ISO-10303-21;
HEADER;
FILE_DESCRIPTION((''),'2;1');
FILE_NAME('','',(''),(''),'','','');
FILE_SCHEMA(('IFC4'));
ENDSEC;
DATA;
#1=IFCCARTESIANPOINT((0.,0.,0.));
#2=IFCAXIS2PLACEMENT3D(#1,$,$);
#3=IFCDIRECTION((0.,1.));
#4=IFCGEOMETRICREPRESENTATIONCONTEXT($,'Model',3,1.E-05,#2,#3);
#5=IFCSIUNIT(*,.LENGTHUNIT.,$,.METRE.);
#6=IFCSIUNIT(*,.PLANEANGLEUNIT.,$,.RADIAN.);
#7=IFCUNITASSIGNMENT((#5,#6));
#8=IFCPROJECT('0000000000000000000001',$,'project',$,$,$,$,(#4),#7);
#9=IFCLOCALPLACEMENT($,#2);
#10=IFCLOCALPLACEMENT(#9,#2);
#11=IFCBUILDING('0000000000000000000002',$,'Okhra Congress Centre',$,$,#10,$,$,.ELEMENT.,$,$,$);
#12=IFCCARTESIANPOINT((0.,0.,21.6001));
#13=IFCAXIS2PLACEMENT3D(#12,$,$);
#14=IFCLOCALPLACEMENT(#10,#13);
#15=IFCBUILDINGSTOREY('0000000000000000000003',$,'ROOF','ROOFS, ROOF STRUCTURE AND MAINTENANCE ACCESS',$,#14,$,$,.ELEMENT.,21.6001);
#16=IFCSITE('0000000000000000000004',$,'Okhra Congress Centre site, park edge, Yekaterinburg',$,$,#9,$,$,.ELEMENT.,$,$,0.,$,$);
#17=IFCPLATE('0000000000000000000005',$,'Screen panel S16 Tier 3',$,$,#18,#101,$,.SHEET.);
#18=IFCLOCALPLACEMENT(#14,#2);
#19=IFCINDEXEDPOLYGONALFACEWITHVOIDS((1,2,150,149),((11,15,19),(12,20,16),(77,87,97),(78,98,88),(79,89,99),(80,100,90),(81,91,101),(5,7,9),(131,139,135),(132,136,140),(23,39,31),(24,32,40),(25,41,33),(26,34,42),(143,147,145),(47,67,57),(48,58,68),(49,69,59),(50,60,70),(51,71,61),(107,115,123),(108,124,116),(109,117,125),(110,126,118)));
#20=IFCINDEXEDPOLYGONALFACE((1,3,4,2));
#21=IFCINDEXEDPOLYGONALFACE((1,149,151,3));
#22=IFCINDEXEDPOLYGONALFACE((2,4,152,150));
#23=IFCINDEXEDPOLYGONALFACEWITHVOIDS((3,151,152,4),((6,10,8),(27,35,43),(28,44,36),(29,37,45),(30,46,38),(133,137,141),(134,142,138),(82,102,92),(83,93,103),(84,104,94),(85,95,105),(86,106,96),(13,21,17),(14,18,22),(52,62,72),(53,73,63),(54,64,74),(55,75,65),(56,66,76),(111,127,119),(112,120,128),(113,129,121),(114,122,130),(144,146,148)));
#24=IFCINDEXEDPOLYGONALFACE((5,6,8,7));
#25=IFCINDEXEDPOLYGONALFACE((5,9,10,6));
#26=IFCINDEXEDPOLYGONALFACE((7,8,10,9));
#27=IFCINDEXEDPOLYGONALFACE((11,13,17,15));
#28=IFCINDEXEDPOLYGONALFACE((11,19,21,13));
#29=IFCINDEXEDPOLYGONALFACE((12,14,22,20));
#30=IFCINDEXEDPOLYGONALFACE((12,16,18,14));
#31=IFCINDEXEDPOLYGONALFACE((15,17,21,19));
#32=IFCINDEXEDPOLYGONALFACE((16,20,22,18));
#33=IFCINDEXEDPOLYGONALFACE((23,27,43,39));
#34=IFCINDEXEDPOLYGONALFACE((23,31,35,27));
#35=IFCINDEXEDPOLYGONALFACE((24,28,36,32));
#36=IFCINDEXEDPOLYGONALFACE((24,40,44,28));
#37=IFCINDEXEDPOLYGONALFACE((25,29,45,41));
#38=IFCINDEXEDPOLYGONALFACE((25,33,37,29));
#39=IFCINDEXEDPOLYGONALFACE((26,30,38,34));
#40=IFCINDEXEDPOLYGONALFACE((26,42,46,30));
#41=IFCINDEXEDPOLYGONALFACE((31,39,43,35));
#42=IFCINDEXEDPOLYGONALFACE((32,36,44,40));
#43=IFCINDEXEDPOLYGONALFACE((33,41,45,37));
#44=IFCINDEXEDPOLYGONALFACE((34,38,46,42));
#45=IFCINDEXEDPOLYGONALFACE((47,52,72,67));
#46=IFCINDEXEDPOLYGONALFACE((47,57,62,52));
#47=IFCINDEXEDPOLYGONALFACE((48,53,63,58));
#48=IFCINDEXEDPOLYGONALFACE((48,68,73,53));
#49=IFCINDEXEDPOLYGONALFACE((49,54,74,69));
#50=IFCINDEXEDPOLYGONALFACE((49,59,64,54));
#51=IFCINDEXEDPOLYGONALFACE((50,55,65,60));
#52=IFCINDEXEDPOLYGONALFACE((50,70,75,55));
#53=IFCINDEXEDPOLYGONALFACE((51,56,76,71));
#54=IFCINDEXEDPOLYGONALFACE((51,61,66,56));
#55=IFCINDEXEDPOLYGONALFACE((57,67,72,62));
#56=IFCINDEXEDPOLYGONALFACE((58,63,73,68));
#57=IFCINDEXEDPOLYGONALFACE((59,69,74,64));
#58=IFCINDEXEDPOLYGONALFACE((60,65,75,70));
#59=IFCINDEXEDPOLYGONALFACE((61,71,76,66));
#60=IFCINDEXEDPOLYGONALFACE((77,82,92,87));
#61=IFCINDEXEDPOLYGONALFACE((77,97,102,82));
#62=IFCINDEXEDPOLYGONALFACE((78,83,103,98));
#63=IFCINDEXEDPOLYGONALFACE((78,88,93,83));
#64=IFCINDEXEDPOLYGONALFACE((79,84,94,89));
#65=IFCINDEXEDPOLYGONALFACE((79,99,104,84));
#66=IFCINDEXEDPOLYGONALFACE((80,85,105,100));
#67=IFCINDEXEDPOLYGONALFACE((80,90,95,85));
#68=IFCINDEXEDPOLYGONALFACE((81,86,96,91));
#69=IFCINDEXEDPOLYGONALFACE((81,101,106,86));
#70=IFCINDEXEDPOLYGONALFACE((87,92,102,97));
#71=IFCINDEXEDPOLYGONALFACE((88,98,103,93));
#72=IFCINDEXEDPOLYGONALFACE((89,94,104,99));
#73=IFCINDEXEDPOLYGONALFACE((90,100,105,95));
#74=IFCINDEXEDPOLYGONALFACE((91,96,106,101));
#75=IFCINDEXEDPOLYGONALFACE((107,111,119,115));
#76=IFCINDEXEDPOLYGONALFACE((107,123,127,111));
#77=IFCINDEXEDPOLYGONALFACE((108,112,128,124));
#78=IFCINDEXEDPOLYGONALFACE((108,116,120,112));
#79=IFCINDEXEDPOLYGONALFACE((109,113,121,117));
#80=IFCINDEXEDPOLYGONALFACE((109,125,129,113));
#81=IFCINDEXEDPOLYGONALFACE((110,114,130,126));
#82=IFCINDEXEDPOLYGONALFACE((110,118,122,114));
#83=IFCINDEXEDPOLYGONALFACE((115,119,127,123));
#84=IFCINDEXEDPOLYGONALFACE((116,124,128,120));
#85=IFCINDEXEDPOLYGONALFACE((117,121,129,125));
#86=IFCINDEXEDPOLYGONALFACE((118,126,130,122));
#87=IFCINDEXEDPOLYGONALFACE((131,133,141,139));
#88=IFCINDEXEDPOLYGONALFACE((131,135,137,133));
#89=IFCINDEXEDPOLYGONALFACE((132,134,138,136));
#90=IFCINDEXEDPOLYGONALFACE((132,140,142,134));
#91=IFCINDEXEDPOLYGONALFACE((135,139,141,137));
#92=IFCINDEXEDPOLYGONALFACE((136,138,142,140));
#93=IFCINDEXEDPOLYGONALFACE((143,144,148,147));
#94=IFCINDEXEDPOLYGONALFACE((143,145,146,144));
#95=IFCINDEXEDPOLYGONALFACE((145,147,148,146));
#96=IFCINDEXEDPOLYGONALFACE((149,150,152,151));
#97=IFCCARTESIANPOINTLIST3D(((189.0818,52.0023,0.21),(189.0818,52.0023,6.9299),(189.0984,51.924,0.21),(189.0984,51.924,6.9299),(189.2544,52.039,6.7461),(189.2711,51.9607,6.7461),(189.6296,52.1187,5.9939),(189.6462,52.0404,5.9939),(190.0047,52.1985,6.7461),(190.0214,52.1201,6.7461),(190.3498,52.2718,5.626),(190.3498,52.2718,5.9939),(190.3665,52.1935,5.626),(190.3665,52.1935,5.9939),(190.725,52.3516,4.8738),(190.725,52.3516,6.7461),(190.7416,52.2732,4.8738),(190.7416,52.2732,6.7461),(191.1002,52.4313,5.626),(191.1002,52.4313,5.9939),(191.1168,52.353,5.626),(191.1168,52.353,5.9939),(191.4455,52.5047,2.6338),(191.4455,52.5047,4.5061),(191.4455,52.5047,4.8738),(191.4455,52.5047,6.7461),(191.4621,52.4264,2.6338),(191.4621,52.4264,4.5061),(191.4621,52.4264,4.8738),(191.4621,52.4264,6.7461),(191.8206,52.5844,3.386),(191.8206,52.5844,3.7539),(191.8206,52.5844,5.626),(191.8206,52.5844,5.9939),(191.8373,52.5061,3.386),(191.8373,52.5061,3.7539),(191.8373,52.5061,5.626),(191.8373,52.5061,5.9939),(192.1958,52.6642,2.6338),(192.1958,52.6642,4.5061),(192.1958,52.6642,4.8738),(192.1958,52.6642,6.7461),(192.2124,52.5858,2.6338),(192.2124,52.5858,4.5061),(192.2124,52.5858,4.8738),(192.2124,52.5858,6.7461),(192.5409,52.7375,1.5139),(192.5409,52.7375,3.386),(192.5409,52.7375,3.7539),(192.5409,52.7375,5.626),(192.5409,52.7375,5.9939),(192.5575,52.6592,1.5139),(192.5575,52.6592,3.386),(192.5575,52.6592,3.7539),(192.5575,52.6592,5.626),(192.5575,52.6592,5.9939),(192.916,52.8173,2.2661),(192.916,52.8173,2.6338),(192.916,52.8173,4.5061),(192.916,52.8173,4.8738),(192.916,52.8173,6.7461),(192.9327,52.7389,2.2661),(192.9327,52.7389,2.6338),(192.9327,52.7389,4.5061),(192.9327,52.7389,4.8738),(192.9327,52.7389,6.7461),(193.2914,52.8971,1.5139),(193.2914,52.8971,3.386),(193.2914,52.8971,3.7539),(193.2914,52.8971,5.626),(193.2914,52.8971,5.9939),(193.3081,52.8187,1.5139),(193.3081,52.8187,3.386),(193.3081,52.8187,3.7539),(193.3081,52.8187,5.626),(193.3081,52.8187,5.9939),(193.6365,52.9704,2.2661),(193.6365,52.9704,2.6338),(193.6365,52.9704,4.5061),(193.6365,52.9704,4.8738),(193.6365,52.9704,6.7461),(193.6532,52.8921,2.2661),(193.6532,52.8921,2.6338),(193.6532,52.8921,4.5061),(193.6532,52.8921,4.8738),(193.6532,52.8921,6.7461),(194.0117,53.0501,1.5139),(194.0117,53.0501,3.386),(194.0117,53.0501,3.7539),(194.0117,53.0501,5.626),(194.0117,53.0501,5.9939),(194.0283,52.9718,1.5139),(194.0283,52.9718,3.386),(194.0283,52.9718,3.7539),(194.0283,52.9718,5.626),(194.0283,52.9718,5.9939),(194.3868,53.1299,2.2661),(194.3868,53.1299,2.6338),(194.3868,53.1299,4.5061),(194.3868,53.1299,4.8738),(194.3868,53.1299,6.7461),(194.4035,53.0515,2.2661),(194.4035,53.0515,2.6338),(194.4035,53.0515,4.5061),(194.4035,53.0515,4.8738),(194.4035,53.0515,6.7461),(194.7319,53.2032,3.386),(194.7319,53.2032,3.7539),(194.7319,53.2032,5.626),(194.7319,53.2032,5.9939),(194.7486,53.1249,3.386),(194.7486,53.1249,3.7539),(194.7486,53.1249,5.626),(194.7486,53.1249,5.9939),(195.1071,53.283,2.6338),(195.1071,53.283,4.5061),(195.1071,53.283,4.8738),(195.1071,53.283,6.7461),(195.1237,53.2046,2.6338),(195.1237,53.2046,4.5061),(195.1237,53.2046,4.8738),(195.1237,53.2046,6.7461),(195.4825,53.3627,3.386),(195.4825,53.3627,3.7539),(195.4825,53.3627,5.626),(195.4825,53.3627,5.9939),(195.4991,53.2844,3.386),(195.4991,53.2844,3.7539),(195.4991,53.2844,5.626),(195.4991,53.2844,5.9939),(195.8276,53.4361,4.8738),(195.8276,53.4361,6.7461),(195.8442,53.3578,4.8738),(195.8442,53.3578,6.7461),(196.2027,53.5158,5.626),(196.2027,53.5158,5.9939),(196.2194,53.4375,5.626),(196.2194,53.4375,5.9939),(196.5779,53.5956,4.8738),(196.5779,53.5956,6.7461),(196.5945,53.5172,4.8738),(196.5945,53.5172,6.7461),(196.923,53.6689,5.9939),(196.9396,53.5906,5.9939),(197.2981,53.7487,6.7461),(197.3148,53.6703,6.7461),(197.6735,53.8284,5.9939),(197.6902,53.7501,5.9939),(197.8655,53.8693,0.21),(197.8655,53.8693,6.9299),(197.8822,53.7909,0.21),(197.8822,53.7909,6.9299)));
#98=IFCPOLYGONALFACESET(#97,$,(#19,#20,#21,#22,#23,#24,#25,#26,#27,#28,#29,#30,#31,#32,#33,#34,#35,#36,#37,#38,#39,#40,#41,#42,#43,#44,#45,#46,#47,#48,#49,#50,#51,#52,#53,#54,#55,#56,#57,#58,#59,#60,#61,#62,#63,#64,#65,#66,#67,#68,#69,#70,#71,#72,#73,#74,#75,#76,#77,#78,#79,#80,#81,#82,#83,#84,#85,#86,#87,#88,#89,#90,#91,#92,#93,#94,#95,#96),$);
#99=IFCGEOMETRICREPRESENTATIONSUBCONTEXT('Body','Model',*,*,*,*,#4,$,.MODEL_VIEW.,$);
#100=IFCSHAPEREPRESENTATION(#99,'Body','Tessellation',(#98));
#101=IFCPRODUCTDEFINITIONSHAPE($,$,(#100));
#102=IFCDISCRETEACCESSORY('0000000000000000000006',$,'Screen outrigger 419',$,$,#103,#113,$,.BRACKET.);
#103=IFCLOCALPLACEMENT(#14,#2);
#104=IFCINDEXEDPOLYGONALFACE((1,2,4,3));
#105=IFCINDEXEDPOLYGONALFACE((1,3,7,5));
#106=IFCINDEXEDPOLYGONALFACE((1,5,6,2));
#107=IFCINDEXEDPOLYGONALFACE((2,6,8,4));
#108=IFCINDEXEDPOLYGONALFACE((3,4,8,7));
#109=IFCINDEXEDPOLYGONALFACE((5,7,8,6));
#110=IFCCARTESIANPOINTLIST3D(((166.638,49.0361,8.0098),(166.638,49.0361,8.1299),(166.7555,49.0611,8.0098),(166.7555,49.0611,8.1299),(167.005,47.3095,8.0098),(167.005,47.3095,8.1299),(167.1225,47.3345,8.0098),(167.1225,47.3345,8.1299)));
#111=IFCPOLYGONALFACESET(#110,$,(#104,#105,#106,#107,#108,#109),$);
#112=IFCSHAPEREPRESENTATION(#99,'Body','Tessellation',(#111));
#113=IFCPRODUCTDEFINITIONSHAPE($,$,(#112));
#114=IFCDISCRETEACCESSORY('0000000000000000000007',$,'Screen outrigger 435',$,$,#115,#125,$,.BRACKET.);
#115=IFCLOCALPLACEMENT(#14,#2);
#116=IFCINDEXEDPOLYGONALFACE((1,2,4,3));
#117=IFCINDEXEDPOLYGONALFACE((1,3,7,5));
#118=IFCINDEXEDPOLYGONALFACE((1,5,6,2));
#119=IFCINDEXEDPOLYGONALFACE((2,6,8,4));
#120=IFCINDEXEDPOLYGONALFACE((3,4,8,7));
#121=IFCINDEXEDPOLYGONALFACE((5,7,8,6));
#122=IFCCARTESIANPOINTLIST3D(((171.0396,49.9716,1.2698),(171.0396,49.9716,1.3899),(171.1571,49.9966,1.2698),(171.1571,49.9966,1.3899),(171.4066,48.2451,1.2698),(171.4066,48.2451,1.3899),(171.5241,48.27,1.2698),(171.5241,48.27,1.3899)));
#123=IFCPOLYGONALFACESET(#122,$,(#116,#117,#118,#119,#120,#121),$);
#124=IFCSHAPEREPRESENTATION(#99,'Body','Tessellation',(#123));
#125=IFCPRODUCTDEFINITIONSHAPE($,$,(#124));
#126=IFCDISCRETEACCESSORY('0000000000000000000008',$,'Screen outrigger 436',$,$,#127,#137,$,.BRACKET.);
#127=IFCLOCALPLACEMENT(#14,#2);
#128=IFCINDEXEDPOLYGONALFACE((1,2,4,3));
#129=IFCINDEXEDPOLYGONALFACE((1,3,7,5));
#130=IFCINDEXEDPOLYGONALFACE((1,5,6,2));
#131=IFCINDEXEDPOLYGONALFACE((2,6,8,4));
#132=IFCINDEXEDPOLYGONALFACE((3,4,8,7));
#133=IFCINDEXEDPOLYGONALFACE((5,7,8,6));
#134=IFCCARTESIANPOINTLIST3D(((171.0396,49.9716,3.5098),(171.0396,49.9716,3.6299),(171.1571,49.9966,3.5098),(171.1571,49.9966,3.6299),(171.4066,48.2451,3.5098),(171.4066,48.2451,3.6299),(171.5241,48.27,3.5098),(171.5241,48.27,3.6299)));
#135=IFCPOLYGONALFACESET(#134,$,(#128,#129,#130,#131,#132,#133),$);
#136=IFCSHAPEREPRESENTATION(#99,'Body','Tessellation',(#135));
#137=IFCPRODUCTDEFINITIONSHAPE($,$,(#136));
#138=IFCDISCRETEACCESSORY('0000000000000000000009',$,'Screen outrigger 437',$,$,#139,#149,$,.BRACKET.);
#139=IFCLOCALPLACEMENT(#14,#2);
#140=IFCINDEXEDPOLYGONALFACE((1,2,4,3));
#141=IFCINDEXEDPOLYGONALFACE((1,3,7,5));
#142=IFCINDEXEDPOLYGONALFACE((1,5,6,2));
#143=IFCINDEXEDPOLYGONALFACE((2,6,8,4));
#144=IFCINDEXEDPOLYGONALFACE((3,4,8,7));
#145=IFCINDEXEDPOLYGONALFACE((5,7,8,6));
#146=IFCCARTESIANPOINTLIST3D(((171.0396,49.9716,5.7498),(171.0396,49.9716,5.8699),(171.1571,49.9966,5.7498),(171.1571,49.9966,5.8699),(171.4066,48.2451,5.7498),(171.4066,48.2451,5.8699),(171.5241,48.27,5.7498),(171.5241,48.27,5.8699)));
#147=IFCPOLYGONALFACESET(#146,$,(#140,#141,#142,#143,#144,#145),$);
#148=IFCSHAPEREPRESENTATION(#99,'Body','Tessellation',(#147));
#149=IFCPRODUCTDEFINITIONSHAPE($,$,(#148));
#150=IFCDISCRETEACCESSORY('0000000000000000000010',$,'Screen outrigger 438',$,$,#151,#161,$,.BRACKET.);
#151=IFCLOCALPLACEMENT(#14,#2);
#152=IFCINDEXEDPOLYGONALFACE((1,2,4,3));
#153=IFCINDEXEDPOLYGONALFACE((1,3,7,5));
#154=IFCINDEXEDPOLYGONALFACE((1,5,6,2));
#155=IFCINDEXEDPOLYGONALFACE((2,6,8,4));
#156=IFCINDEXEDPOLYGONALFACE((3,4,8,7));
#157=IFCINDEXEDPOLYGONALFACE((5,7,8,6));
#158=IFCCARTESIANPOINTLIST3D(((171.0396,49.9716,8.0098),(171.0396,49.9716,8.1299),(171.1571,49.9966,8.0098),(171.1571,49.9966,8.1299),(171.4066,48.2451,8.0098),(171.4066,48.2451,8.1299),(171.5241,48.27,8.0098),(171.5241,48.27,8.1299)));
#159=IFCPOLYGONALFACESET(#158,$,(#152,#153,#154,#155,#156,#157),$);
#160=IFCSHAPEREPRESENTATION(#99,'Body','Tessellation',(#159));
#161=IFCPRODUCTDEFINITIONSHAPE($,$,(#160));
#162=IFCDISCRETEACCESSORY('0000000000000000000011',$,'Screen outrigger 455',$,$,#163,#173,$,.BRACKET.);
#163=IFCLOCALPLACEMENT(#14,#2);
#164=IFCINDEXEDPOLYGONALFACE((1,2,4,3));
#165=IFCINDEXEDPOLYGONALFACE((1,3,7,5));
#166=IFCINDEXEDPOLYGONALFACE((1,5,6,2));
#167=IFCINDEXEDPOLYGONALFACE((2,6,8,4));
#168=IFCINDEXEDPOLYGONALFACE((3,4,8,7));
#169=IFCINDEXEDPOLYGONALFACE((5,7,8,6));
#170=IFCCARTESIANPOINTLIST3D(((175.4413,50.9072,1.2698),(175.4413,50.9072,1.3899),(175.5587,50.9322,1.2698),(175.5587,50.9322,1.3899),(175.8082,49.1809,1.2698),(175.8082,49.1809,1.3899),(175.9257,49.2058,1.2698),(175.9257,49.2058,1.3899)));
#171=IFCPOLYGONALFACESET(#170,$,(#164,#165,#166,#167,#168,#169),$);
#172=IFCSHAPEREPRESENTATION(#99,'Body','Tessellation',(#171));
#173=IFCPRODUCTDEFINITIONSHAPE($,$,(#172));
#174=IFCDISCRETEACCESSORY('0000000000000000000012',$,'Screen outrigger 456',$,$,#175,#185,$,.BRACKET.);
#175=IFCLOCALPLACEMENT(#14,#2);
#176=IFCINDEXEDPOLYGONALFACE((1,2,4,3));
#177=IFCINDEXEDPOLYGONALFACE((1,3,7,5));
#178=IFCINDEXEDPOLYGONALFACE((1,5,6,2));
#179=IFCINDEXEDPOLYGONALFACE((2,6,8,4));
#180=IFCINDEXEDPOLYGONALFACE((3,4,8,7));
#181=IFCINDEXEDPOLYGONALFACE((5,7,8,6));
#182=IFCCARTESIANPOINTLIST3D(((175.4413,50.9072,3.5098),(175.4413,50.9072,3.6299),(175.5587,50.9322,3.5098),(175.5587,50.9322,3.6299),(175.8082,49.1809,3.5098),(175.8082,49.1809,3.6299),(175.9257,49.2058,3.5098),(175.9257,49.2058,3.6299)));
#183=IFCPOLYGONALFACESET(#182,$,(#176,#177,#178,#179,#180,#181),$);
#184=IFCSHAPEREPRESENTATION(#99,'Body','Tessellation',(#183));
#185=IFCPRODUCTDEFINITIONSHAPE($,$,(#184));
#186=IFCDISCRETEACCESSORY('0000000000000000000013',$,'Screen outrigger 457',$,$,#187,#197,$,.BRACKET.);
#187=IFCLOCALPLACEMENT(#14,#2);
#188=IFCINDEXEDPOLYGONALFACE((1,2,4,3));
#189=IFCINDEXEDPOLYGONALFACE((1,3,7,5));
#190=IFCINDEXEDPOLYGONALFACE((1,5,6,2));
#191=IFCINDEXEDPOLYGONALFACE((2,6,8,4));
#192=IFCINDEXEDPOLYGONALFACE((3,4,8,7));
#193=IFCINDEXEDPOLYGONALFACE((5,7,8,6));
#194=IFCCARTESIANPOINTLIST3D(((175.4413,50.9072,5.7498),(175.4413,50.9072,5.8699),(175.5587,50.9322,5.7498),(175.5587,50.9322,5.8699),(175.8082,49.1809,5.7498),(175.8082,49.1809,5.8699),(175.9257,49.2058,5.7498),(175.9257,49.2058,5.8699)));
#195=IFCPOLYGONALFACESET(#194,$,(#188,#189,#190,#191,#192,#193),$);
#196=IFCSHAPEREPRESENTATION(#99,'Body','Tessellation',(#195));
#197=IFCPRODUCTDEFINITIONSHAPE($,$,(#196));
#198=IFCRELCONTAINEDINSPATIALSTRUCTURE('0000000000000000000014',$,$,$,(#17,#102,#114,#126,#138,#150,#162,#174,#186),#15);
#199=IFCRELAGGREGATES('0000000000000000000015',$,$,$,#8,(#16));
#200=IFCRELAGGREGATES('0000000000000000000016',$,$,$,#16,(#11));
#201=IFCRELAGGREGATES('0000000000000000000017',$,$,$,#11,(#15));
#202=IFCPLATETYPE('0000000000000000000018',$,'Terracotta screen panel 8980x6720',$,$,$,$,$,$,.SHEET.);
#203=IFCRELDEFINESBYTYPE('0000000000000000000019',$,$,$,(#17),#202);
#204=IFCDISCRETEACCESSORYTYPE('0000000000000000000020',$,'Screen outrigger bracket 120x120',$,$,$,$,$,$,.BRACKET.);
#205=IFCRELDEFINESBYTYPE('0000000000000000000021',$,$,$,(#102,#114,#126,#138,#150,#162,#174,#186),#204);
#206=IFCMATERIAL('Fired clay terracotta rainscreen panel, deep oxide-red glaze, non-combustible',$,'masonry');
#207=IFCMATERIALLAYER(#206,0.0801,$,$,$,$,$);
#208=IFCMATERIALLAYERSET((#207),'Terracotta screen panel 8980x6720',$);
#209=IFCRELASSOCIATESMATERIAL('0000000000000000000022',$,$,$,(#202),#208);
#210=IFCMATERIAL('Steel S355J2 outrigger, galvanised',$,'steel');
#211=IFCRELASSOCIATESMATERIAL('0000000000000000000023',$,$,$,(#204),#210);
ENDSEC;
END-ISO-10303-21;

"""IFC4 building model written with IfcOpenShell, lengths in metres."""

from ifc_helpers import new_model, si_unit, direction, frame, origin, origin_2d, place, context, subcontext, project, spatial, polyline, rectangle, outline, extrude, material, layer, layer_set, material_profile, profile_set, type_object, element, save


model = new_model("IFC4")

# Units and contexts
model_context = context("Model", 3, precision=1e-05, world=origin(), true_north=direction((0.0, 1.0)))
body_context = subcontext(model_context, "Body", "Model", "MODEL_VIEW")
ifc_project = project(units=[si_unit("LENGTHUNIT", "METRE"), si_unit("PLANEANGLEUNIT", "RADIAN")], contexts=[model_context])

# Site, building, storey
site_placement = place(None, origin())
site = spatial("IfcSite", under=ifc_project, at=site_placement, Name="Okhra Congress Centre site, park edge, Yekaterinburg", CompositionType="ELEMENT", RefElevation=0.0)
building_placement = place(site_placement, origin())
building = spatial("IfcBuilding", under=site, at=building_placement, Name="Okhra Congress Centre", CompositionType="ELEMENT")
storey_placement = place(building_placement, frame((0.0, 0.0, 21.6001)))
storey = spatial("IfcBuildingStorey", under=building, at=storey_placement, Name="ROOF", Description="ROOFS, ROOF STRUCTURE AND MAINTENANCE ACCESS", CompositionType="ELEMENT", Elevation=21.6001)

# Plate
ifc_material_1 = material(Name="Fired clay terracotta rainscreen panel, deep oxide-red glaze, non-combustible", Category="masonry")
ifc_layer_1 = layer(ifc_material_1, 0.0801)
ifc_layer_set_1 = layer_set([ifc_layer_1], Name="Terracotta screen panel 8980x6720")
plate_type_1 = type_object("IfcPlateType", Name="Terracotta screen panel 8980x6720", PredefinedType="SHEET", material=ifc_layer_set_1)
plate_1_placement = place(storey_placement, frame((189.0901, 51.9631, 0.21), z_axis=(0.0, 0.0, 1.0), x_axis=(0.97815, 0.207902, 0.0)))
element("IfcPlate", 1, at=plate_1_placement, inside=storey, type_object=plate_type_1, Name="Screen panel S16 Tier 3", PredefinedType="SHEET", context=body_context, shape_type="SweptSolid", body=[
    extrude(outline(polyline([(0.0, 0.0), (8.98, 0.0), (8.98, 6.72), (0.0, 6.72), (0.0, 0.0)]), holes=[polyline([(3.5364, 1.304), (4.3037, 1.304), (3.9199, 2.0562), (3.5364, 1.304)]), polyline([(4.6565, 2.0562), (5.04, 1.304), (5.4236, 2.0562), (4.6565, 2.0562)]), polyline([(2.4165, 2.4238), (3.1836, 2.4238), (2.8, 3.176), (2.4165, 2.4238)]), polyline([(3.5364, 3.176), (3.9199, 2.4238), (4.3037, 3.176), (3.5364, 3.176)]), polyline([(4.6565, 2.4238), (5.4236, 2.4238), (5.04, 3.176), (4.6565, 2.4238)]), polyline([(5.7764, 3.176), (6.1599, 2.4238), (6.5437, 3.176), (5.7764, 3.176)]), polyline([(2.4165, 4.2961), (2.8, 3.5439), (3.1836, 4.2961), (2.4165, 4.2961)]), polyline([(3.5364, 3.5439), (4.3037, 3.5439), (3.9199, 4.2961), (3.5364, 3.5439)]), polyline([(4.6565, 4.2961), (5.04, 3.5439), (5.4236, 4.2961), (4.6565, 4.2961)]), polyline([(5.7764, 3.5439), (6.5437, 3.5439), (6.1599, 4.2961), (5.7764, 3.5439)]), polyline([(1.2964, 5.416), (1.6799, 4.6638), (2.0635, 5.416), (1.2964, 5.416)]), polyline([(2.4165, 4.6638), (3.1836, 4.6638), (2.8, 5.416), (2.4165, 4.6638)]), polyline([(3.5364, 5.416), (3.9199, 4.6638), (4.3037, 5.416), (3.5364, 5.416)]), polyline([(4.6565, 4.6638), (5.4236, 4.6638), (5.04, 5.416), (4.6565, 4.6638)]), polyline([(5.7764, 5.416), (6.1599, 4.6638), (6.5437, 5.416), (5.7764, 5.416)]), polyline([(6.8965, 4.6638), (7.6636, 4.6638), (7.28, 5.416), (6.8965, 4.6638)]), polyline([(0.1765, 6.5361), (0.5601, 5.7839), (0.9436, 6.5361), (0.1765, 6.5361)]), polyline([(1.2964, 5.7839), (2.0635, 5.7839), (1.6799, 6.5361), (1.2964, 5.7839)]), polyline([(2.4165, 6.5361), (2.8, 5.7839), (3.1836, 6.5361), (2.4165, 6.5361)]), polyline([(3.5364, 5.7839), (4.3037, 5.7839), (3.9199, 6.5361), (3.5364, 5.7839)]), polyline([(4.6565, 6.5361), (5.04, 5.7839), (5.4236, 6.5361), (4.6565, 6.5361)]), polyline([(5.7764, 5.7839), (6.5437, 5.7839), (6.1599, 6.5361), (5.7764, 5.7839)]), polyline([(6.8965, 6.5361), (7.28, 5.7839), (7.6636, 6.5361), (6.8965, 6.5361)]), polyline([(8.0164, 5.7839), (8.7837, 5.7839), (8.3999, 6.5361), (8.0164, 5.7839)])]), frame((0.0, 0.04, 0.0), z_axis=(0.0, -1.0, 0.0), x_axis=(1.0, 0.0, 0.0)), (0.0, 0.0, 1.0), 0.0801),
])

# Discrete accessories
ifc_material_2 = material(Name="Steel S355J2 outrigger, galvanised", Category="steel")
ifc_material_profile_1 = material_profile(ifc_material_2, rectangle(XDim=0.1201, YDim=0.1201, at=origin_2d()), Name="Screen outrigger bracket 120x120")
ifc_profile_set_1 = profile_set([ifc_material_profile_1], Name="Steel S355J2 outrigger, galvanised")
discrete_accessory_type = type_object("IfcDiscreteAccessoryType", Name="Screen outrigger bracket 120x120", PredefinedType="BRACKET", material=ifc_profile_set_1)
for number, where, z_axis, x_axis, name in (
    (2, (166.6968, 49.0486, 8.0698), (0.207885, -0.978153, 0.0), (0.978153, 0.207885, 0.0), "Screen outrigger 419"),
    (3, (171.0984, 49.9841, 1.3298), (0.207885, -0.978153, 0.0), (0.978153, 0.207885, 0.0), "Screen outrigger 435"),
    (4, (171.0984, 49.9841, 3.5698), (0.207885, -0.978153, 0.0), (0.978153, 0.207885, 0.0), "Screen outrigger 436"),
    (5, (171.0984, 49.9841, 5.8098), (0.207885, -0.978153, 0.0), (0.978153, 0.207885, 0.0), "Screen outrigger 437"),
    (6, (171.0984, 49.9841, 8.0698), (0.207885, -0.978153, 0.0), (0.978153, 0.207885, 0.0), "Screen outrigger 438"),
):
    element("IfcDiscreteAccessory", number, at=place(storey_placement, frame(where, z_axis=z_axis, x_axis=x_axis)), inside=storey, type_object=discrete_accessory_type, Name=name, PredefinedType="BRACKET", context=body_context, shape_type="SweptSolid", body=[
        extrude(rectangle(XDim=0.1201, YDim=0.1201, at=origin_2d()), origin(), (0.0, 0.0, 1.0), 1.7651),
    ])
for number, where, z_axis, x_axis, name in (
    (7, (175.5, 50.9197, 1.3298), (0.207913, -0.978147, 0.0), (0.978147, 0.207913, 0.0), "Screen outrigger 455"),
    (8, (175.5, 50.9197, 3.5698), (0.207913, -0.978147, 0.0), (0.978147, 0.207913, 0.0), "Screen outrigger 456"),
    (9, (175.5, 50.9197, 5.8098), (0.207913, -0.978147, 0.0), (0.978147, 0.207913, 0.0), "Screen outrigger 457"),
):
    element("IfcDiscreteAccessory", number, at=place(storey_placement, frame(where, z_axis=z_axis, x_axis=x_axis)), inside=storey, type_object=discrete_accessory_type, Name=name, PredefinedType="BRACKET", context=body_context, shape_type="SweptSolid", body=[
        extrude(rectangle(XDim=0.1201, YDim=0.1201, at=origin_2d()), origin(), (0.0, 0.0, 1.0), 1.7649),
    ])

save(model, "model.ifc")
